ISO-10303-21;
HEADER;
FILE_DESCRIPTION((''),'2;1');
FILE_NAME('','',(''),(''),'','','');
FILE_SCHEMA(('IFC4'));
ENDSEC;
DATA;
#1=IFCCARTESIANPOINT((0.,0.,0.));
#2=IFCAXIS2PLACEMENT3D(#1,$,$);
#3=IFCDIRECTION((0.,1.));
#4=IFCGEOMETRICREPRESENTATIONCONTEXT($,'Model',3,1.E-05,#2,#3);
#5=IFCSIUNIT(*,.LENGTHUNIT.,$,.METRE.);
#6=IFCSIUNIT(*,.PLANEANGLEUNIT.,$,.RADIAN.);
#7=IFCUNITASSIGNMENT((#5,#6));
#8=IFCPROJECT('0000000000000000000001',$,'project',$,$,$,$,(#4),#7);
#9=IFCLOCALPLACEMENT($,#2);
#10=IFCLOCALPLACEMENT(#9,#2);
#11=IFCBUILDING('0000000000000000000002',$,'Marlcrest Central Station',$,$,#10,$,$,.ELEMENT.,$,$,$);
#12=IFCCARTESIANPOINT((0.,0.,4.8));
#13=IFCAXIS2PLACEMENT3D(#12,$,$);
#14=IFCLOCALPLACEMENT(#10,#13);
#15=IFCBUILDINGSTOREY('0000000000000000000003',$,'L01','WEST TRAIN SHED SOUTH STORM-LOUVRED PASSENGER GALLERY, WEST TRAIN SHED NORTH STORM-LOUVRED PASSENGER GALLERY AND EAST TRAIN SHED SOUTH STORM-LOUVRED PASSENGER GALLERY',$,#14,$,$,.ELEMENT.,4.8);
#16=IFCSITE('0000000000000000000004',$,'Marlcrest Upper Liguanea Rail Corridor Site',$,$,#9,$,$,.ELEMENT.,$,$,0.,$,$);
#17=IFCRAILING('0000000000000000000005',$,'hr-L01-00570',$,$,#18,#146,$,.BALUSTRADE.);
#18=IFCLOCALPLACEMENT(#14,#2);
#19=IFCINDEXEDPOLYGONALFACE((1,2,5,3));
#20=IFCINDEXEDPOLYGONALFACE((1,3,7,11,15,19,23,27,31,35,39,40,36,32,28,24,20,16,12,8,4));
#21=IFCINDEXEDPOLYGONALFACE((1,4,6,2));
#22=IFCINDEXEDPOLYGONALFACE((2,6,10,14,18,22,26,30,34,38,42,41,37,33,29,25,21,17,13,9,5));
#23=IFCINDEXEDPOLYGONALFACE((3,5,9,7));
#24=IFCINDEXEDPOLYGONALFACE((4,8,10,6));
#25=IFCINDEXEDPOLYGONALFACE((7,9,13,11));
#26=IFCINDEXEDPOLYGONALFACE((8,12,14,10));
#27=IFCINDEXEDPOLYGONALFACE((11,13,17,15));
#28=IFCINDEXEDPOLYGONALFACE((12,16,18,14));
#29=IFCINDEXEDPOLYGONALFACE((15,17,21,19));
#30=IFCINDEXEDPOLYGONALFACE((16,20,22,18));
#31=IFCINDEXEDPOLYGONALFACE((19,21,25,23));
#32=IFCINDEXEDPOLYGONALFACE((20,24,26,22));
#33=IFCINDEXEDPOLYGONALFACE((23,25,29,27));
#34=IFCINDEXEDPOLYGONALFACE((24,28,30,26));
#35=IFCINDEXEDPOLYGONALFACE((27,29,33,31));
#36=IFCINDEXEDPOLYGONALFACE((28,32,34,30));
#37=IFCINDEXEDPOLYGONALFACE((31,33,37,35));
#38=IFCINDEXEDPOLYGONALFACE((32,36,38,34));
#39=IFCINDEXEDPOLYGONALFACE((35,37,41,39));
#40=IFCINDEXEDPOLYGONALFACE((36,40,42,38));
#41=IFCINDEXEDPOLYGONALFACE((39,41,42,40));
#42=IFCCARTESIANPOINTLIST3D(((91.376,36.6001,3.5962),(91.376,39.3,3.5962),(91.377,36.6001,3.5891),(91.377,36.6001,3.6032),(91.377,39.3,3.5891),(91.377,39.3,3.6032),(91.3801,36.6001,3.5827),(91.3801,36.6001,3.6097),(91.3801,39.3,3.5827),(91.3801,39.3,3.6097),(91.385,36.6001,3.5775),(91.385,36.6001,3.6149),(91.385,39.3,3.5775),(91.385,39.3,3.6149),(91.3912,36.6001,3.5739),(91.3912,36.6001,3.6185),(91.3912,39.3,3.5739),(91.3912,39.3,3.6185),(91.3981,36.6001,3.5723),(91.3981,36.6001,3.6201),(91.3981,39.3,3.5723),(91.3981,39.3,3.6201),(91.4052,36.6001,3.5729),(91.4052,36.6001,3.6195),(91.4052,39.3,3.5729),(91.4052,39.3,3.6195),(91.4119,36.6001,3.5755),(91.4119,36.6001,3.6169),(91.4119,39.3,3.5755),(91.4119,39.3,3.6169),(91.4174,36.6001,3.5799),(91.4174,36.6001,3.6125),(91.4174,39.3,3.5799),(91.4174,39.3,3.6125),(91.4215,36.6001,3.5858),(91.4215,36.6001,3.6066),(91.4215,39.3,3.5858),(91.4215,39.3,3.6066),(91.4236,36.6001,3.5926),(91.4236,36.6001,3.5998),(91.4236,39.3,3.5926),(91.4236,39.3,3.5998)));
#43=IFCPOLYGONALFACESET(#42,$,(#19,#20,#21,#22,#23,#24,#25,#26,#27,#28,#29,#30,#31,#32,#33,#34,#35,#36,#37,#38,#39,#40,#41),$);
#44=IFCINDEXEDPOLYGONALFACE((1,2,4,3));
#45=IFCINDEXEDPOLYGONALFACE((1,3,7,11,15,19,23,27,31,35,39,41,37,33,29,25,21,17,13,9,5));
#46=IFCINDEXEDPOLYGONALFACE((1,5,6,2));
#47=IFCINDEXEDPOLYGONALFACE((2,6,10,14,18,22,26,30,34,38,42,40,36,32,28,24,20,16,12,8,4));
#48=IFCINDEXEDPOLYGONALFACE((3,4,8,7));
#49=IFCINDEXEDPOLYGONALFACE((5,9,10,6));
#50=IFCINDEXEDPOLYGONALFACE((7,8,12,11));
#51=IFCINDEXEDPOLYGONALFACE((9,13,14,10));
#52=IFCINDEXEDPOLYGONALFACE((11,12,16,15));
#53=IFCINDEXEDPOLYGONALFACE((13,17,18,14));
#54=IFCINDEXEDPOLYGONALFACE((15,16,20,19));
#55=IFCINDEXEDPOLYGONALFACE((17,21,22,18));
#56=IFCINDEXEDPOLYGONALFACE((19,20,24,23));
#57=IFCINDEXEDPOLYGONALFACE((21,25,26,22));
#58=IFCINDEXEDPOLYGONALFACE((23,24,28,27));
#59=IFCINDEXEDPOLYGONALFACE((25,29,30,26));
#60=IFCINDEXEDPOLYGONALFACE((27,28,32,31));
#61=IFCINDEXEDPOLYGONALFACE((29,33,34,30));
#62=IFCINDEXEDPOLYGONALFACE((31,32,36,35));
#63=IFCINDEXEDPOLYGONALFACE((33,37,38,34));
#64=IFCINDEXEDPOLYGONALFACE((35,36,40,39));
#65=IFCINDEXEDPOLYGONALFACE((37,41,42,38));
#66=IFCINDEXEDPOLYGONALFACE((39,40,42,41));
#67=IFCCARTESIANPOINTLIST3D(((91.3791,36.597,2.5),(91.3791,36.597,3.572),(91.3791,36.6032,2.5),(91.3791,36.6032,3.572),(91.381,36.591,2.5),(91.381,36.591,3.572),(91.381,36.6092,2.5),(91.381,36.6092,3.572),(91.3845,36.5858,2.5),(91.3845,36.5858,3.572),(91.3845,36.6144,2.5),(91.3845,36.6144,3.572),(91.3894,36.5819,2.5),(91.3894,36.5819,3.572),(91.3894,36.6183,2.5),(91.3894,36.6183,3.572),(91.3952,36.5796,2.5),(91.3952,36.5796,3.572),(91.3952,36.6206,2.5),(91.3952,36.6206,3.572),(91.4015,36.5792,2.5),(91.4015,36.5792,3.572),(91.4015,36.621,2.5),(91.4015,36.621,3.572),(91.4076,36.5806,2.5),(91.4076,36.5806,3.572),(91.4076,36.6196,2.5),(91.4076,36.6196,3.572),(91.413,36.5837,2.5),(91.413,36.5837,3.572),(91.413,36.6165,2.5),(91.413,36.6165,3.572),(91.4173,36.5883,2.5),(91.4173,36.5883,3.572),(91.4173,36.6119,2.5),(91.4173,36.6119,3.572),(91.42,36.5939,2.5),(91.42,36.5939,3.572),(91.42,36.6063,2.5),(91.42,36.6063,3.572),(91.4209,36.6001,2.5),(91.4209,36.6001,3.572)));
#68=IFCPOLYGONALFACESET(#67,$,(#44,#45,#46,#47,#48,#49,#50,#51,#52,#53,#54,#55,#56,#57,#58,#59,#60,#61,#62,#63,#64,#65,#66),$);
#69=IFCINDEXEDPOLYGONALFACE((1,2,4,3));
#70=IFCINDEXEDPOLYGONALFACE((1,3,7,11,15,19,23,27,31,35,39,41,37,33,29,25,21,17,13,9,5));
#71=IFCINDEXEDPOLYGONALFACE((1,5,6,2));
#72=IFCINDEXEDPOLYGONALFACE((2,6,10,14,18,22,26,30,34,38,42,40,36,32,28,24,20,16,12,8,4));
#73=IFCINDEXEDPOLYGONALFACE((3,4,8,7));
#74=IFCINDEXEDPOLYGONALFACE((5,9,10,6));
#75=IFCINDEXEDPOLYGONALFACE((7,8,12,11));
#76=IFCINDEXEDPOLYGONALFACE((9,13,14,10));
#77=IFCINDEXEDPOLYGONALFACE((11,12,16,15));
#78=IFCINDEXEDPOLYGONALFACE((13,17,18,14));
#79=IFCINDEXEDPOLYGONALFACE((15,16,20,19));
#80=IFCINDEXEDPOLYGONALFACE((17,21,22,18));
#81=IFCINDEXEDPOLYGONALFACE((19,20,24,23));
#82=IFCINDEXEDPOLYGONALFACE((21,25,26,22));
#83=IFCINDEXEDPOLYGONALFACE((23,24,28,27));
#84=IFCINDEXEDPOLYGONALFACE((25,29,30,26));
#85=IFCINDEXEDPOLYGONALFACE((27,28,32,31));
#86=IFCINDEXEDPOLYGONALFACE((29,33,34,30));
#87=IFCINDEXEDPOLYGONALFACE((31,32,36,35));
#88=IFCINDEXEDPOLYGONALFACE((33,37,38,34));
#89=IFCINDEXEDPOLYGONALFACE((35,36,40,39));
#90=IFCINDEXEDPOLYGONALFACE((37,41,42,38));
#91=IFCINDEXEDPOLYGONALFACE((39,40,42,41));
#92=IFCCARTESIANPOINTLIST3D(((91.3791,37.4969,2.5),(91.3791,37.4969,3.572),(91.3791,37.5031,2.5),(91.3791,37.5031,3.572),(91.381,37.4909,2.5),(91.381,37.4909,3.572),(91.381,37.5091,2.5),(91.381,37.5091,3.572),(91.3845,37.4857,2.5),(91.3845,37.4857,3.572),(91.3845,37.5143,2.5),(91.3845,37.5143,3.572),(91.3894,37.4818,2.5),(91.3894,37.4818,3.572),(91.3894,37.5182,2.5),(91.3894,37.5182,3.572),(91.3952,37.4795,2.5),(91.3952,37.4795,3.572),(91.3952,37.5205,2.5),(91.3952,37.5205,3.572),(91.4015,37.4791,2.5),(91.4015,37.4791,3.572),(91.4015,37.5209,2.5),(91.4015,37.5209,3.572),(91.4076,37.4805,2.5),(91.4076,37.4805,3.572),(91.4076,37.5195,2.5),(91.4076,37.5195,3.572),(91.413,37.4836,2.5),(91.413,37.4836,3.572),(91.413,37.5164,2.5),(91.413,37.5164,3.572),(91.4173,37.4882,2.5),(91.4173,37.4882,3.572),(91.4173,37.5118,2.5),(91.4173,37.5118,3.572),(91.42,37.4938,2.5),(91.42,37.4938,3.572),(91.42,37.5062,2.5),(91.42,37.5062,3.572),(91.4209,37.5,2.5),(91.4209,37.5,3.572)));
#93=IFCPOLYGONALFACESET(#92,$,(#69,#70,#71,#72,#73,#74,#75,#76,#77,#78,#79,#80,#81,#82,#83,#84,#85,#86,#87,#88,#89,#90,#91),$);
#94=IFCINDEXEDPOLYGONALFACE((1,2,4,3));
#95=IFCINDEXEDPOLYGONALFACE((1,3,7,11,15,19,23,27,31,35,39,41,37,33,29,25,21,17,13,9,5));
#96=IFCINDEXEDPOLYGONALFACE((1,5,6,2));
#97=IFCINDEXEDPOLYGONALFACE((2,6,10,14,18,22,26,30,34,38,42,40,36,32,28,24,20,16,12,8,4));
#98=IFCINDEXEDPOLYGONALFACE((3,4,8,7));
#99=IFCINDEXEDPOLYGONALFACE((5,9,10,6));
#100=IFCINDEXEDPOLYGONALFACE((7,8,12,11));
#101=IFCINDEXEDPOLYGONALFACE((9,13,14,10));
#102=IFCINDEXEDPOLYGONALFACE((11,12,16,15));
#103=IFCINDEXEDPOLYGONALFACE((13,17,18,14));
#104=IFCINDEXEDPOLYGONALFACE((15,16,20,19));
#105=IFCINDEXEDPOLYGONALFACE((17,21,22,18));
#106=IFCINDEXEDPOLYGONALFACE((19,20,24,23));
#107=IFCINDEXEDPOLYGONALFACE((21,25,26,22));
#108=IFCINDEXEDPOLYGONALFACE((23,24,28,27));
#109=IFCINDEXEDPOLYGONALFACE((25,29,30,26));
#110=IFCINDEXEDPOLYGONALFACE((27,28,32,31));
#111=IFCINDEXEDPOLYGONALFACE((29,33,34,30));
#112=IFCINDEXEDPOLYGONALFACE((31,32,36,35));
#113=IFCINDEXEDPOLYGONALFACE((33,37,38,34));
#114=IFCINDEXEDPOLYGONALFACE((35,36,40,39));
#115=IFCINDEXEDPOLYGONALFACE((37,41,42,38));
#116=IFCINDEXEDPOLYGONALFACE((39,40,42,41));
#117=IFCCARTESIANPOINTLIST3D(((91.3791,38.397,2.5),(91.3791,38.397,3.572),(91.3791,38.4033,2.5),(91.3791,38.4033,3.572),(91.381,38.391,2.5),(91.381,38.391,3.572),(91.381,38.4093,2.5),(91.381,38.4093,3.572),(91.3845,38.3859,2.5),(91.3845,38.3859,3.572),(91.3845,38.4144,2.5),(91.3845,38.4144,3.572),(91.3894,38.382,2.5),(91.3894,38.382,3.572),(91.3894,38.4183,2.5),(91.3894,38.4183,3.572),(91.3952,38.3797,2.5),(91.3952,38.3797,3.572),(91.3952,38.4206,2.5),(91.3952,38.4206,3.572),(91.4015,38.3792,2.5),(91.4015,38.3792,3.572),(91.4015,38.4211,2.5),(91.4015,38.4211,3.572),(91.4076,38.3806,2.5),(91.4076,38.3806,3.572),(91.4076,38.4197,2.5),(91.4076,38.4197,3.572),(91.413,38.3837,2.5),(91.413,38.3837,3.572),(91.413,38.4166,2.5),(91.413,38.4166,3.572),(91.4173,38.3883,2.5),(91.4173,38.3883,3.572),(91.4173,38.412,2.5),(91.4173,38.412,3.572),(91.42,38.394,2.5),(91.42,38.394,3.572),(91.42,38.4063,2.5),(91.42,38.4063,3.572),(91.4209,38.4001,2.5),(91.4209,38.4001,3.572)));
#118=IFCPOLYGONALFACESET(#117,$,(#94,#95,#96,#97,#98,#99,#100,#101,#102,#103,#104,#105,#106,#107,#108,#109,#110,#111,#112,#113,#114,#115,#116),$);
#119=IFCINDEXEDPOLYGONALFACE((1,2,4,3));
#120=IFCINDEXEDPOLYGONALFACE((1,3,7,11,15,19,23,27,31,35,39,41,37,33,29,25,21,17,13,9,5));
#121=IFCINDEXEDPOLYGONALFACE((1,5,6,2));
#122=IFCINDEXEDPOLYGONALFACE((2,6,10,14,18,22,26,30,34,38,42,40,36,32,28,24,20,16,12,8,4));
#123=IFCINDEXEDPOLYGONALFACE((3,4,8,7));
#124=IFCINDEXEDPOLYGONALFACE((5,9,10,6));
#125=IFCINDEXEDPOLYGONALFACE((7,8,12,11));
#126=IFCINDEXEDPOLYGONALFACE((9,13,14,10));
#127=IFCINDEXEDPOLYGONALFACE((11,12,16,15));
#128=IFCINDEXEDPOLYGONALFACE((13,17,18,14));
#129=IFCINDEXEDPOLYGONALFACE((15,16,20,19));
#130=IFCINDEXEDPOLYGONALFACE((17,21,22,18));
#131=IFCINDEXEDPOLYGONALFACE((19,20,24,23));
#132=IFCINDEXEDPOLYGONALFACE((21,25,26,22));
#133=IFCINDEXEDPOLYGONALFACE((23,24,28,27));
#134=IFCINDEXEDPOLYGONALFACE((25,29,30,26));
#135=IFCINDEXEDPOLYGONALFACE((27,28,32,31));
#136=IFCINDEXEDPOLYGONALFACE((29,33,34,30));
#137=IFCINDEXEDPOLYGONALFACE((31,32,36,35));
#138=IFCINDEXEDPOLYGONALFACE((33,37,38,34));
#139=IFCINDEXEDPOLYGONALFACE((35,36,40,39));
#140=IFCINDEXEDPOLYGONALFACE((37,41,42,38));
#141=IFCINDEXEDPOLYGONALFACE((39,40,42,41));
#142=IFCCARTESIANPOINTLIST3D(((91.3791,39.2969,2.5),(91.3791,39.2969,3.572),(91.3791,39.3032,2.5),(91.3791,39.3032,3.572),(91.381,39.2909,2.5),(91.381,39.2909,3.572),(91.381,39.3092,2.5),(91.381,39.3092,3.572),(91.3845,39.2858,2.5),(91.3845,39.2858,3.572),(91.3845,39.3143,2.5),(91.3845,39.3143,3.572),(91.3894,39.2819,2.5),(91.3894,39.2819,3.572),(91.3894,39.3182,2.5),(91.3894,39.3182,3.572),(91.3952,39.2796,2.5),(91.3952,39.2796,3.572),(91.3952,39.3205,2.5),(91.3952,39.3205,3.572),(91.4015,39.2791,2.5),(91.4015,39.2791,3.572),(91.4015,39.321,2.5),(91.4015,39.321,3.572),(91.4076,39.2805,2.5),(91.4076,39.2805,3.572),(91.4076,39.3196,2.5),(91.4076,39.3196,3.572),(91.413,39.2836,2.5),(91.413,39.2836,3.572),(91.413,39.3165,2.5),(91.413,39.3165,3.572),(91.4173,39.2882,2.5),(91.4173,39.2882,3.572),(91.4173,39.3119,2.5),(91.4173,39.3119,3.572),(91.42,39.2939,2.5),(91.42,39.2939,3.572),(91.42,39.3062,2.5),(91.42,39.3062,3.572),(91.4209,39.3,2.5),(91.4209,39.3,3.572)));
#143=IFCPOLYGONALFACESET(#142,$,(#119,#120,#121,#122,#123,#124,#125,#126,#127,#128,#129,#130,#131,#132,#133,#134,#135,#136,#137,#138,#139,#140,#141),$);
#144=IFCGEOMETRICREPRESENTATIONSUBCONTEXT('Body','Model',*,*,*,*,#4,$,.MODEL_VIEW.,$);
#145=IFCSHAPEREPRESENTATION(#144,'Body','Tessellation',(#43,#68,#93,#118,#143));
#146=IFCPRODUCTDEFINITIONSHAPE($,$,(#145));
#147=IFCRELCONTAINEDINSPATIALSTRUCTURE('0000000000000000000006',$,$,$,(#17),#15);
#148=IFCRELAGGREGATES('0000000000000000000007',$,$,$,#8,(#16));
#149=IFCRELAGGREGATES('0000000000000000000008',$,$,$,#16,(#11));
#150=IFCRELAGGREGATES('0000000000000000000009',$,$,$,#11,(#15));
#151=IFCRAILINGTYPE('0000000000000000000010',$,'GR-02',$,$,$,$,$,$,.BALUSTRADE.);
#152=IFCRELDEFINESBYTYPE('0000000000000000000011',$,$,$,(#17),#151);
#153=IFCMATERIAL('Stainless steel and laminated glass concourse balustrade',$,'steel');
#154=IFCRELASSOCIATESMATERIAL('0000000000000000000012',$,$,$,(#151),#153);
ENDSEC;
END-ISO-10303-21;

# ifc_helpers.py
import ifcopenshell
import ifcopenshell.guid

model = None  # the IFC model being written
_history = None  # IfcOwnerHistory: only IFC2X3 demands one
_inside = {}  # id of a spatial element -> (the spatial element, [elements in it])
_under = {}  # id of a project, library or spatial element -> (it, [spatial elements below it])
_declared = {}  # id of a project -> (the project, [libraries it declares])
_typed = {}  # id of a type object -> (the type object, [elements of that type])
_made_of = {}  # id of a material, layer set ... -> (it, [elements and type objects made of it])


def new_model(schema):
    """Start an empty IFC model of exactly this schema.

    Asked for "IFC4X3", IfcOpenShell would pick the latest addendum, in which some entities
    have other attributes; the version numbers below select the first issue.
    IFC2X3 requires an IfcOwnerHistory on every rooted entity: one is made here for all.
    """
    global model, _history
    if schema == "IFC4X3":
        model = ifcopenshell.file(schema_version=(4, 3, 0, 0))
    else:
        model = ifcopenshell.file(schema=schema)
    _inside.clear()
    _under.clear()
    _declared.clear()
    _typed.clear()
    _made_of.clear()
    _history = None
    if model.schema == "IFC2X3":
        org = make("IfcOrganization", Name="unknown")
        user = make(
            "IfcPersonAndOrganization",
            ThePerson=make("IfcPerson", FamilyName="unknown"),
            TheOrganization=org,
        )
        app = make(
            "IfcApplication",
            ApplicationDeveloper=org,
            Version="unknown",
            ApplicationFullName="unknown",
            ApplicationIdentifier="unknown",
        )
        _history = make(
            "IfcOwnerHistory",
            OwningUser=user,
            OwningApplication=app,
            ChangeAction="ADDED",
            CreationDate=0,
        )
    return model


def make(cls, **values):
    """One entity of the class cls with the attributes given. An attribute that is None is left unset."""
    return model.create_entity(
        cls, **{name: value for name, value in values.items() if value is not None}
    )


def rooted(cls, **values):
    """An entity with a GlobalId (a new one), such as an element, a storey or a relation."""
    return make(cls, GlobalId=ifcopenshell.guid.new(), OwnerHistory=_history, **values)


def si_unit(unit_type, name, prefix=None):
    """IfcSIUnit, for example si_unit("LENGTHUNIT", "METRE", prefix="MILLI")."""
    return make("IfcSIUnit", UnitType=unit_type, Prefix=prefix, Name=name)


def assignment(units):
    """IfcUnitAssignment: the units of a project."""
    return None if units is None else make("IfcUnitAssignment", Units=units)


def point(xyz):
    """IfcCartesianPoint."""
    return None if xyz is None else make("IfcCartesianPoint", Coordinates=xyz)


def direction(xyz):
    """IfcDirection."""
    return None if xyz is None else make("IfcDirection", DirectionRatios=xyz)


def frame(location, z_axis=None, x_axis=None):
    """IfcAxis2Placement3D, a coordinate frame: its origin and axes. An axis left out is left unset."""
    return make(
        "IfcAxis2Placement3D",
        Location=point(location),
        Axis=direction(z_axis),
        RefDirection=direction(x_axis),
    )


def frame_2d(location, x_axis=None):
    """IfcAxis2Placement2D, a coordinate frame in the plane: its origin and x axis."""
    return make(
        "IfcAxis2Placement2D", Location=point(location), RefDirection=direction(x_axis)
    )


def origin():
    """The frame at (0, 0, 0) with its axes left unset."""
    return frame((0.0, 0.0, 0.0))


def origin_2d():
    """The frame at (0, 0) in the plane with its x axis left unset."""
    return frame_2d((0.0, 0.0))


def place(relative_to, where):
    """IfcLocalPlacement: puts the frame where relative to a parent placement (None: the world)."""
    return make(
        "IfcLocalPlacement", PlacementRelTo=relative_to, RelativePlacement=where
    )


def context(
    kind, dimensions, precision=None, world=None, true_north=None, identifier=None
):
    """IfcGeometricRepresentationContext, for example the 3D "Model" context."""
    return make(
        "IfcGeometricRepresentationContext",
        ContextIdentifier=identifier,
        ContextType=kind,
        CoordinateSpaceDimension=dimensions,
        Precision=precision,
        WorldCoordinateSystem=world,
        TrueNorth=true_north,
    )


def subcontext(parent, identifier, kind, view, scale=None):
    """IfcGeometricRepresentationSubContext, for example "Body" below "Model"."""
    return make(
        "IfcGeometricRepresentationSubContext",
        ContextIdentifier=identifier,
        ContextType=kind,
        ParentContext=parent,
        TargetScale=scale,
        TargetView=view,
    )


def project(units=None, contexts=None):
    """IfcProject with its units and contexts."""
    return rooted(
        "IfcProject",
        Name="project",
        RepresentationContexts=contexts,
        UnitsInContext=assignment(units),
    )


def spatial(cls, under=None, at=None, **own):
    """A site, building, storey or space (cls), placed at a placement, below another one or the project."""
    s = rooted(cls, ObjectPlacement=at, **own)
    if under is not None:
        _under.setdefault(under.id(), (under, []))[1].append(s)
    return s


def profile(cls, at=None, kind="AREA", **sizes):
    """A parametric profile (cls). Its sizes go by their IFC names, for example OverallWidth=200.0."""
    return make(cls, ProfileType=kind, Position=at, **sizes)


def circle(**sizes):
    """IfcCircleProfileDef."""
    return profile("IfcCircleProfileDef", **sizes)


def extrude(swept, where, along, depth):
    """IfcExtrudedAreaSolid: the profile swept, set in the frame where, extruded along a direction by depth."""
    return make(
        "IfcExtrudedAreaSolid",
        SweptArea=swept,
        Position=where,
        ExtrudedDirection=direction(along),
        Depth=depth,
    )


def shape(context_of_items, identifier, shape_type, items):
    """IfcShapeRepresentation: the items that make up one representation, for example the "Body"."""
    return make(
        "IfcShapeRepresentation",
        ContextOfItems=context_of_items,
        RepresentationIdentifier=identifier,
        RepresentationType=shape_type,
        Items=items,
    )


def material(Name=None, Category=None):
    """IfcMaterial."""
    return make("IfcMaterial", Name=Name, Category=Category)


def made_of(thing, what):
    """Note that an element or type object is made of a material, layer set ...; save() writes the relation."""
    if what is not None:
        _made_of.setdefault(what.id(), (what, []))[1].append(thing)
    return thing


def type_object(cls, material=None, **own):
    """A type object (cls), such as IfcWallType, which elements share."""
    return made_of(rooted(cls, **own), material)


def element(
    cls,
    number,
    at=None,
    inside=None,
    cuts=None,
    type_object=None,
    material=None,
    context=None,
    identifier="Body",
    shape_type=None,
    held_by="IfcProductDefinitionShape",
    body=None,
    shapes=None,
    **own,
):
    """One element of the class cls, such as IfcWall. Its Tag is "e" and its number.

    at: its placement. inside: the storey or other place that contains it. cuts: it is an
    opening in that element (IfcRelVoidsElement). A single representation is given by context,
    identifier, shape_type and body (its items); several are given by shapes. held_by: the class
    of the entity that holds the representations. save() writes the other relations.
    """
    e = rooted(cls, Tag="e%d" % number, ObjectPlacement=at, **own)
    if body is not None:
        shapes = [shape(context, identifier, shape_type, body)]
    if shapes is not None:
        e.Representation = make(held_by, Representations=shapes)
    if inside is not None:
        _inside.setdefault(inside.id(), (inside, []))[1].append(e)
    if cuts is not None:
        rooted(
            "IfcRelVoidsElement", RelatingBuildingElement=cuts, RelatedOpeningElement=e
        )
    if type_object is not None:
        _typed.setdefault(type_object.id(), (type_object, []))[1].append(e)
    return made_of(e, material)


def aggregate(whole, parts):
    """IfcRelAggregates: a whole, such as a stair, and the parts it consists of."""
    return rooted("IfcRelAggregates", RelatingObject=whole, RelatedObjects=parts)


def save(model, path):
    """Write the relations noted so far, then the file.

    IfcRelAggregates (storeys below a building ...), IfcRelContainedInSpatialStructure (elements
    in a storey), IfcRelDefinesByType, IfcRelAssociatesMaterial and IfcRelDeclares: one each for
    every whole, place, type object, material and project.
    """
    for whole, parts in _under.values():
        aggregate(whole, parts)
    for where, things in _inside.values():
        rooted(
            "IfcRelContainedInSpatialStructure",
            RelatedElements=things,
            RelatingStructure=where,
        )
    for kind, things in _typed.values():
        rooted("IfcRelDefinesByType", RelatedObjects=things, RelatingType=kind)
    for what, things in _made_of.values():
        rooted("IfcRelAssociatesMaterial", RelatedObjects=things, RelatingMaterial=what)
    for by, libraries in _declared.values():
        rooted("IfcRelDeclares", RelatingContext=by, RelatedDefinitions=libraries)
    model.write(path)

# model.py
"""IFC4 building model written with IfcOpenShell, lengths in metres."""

from ifc_helpers import new_model, si_unit, direction, frame, origin, origin_2d, place, context, subcontext, project, spatial, circle, extrude, material, type_object, element, save


model = new_model("IFC4")

# Units and contexts
model_context = context("Model", 3, precision=1e-05, world=origin(), true_north=direction((0.0, 1.0)))
body_context = subcontext(model_context, "Body", "Model", "MODEL_VIEW")
ifc_project = project(units=[si_unit("LENGTHUNIT", "METRE"), si_unit("PLANEANGLEUNIT", "RADIAN")], contexts=[model_context])

# Site, building, storey
site_placement = place(None, origin())
site = spatial("IfcSite", under=ifc_project, at=site_placement, Name="Marlcrest Upper Liguanea Rail Corridor Site", CompositionType="ELEMENT", RefElevation=0.0)
building_placement = place(site_placement, origin())
building = spatial("IfcBuilding", under=site, at=building_placement, Name="Marlcrest Central Station", CompositionType="ELEMENT")
storey_placement = place(building_placement, frame((0.0, 0.0, 4.8)))
storey = spatial("IfcBuildingStorey", under=building, at=storey_placement, Name="L01", Description="WEST TRAIN SHED SOUTH STORM-LOUVRED PASSENGER GALLERY, WEST TRAIN SHED NORTH STORM-LOUVRED PASSENGER GALLERY AND EAST TRAIN SHED SOUTH STORM-LOUVRED PASSENGER GALLERY", CompositionType="ELEMENT", Elevation=4.8)

# Railing
ifc_material_1 = material(Name="Stainless steel and laminated glass concourse balustrade", Category="steel")
railing_type_1 = type_object("IfcRailingType", Name="GR-02", PredefinedType="BALUSTRADE", material=ifc_material_1)
railing_1_placement = place(storey_placement, frame((91.3999, 36.6001, 2.5)))
element("IfcRailing", 1, at=railing_1_placement, inside=storey, type_object=railing_type_1, Name="hr-L01-00570", PredefinedType="BALUSTRADE", context=body_context, shape_type="SweptSolid", body=[
    extrude(circle(Radius=0.0239, at=origin_2d()), frame((0.0, 0.0, 1.0962), z_axis=(0.0, 1.0, 0.0), x_axis=(-1.0, 0.0, 0.0)), (0.0, 0.0, 1.0), 2.7),
    extrude(circle(Radius=0.021, at=origin_2d()), origin(), (0.0, 0.0, 1.0), 1.072),
    extrude(circle(Radius=0.021, at=origin_2d()), frame((0.0, 0.8999, 0.0)), (0.0, 0.0, 1.0), 1.072),
    extrude(circle(Radius=0.021, at=origin_2d()), frame((0.0, 1.8, 0.0)), (0.0, 0.0, 1.0), 1.072),
    extrude(circle(Radius=0.021, at=origin_2d()), frame((0.0, 2.7, 0.0)), (0.0, 0.0, 1.0), 1.072),
])

save(model, "model.ifc")
